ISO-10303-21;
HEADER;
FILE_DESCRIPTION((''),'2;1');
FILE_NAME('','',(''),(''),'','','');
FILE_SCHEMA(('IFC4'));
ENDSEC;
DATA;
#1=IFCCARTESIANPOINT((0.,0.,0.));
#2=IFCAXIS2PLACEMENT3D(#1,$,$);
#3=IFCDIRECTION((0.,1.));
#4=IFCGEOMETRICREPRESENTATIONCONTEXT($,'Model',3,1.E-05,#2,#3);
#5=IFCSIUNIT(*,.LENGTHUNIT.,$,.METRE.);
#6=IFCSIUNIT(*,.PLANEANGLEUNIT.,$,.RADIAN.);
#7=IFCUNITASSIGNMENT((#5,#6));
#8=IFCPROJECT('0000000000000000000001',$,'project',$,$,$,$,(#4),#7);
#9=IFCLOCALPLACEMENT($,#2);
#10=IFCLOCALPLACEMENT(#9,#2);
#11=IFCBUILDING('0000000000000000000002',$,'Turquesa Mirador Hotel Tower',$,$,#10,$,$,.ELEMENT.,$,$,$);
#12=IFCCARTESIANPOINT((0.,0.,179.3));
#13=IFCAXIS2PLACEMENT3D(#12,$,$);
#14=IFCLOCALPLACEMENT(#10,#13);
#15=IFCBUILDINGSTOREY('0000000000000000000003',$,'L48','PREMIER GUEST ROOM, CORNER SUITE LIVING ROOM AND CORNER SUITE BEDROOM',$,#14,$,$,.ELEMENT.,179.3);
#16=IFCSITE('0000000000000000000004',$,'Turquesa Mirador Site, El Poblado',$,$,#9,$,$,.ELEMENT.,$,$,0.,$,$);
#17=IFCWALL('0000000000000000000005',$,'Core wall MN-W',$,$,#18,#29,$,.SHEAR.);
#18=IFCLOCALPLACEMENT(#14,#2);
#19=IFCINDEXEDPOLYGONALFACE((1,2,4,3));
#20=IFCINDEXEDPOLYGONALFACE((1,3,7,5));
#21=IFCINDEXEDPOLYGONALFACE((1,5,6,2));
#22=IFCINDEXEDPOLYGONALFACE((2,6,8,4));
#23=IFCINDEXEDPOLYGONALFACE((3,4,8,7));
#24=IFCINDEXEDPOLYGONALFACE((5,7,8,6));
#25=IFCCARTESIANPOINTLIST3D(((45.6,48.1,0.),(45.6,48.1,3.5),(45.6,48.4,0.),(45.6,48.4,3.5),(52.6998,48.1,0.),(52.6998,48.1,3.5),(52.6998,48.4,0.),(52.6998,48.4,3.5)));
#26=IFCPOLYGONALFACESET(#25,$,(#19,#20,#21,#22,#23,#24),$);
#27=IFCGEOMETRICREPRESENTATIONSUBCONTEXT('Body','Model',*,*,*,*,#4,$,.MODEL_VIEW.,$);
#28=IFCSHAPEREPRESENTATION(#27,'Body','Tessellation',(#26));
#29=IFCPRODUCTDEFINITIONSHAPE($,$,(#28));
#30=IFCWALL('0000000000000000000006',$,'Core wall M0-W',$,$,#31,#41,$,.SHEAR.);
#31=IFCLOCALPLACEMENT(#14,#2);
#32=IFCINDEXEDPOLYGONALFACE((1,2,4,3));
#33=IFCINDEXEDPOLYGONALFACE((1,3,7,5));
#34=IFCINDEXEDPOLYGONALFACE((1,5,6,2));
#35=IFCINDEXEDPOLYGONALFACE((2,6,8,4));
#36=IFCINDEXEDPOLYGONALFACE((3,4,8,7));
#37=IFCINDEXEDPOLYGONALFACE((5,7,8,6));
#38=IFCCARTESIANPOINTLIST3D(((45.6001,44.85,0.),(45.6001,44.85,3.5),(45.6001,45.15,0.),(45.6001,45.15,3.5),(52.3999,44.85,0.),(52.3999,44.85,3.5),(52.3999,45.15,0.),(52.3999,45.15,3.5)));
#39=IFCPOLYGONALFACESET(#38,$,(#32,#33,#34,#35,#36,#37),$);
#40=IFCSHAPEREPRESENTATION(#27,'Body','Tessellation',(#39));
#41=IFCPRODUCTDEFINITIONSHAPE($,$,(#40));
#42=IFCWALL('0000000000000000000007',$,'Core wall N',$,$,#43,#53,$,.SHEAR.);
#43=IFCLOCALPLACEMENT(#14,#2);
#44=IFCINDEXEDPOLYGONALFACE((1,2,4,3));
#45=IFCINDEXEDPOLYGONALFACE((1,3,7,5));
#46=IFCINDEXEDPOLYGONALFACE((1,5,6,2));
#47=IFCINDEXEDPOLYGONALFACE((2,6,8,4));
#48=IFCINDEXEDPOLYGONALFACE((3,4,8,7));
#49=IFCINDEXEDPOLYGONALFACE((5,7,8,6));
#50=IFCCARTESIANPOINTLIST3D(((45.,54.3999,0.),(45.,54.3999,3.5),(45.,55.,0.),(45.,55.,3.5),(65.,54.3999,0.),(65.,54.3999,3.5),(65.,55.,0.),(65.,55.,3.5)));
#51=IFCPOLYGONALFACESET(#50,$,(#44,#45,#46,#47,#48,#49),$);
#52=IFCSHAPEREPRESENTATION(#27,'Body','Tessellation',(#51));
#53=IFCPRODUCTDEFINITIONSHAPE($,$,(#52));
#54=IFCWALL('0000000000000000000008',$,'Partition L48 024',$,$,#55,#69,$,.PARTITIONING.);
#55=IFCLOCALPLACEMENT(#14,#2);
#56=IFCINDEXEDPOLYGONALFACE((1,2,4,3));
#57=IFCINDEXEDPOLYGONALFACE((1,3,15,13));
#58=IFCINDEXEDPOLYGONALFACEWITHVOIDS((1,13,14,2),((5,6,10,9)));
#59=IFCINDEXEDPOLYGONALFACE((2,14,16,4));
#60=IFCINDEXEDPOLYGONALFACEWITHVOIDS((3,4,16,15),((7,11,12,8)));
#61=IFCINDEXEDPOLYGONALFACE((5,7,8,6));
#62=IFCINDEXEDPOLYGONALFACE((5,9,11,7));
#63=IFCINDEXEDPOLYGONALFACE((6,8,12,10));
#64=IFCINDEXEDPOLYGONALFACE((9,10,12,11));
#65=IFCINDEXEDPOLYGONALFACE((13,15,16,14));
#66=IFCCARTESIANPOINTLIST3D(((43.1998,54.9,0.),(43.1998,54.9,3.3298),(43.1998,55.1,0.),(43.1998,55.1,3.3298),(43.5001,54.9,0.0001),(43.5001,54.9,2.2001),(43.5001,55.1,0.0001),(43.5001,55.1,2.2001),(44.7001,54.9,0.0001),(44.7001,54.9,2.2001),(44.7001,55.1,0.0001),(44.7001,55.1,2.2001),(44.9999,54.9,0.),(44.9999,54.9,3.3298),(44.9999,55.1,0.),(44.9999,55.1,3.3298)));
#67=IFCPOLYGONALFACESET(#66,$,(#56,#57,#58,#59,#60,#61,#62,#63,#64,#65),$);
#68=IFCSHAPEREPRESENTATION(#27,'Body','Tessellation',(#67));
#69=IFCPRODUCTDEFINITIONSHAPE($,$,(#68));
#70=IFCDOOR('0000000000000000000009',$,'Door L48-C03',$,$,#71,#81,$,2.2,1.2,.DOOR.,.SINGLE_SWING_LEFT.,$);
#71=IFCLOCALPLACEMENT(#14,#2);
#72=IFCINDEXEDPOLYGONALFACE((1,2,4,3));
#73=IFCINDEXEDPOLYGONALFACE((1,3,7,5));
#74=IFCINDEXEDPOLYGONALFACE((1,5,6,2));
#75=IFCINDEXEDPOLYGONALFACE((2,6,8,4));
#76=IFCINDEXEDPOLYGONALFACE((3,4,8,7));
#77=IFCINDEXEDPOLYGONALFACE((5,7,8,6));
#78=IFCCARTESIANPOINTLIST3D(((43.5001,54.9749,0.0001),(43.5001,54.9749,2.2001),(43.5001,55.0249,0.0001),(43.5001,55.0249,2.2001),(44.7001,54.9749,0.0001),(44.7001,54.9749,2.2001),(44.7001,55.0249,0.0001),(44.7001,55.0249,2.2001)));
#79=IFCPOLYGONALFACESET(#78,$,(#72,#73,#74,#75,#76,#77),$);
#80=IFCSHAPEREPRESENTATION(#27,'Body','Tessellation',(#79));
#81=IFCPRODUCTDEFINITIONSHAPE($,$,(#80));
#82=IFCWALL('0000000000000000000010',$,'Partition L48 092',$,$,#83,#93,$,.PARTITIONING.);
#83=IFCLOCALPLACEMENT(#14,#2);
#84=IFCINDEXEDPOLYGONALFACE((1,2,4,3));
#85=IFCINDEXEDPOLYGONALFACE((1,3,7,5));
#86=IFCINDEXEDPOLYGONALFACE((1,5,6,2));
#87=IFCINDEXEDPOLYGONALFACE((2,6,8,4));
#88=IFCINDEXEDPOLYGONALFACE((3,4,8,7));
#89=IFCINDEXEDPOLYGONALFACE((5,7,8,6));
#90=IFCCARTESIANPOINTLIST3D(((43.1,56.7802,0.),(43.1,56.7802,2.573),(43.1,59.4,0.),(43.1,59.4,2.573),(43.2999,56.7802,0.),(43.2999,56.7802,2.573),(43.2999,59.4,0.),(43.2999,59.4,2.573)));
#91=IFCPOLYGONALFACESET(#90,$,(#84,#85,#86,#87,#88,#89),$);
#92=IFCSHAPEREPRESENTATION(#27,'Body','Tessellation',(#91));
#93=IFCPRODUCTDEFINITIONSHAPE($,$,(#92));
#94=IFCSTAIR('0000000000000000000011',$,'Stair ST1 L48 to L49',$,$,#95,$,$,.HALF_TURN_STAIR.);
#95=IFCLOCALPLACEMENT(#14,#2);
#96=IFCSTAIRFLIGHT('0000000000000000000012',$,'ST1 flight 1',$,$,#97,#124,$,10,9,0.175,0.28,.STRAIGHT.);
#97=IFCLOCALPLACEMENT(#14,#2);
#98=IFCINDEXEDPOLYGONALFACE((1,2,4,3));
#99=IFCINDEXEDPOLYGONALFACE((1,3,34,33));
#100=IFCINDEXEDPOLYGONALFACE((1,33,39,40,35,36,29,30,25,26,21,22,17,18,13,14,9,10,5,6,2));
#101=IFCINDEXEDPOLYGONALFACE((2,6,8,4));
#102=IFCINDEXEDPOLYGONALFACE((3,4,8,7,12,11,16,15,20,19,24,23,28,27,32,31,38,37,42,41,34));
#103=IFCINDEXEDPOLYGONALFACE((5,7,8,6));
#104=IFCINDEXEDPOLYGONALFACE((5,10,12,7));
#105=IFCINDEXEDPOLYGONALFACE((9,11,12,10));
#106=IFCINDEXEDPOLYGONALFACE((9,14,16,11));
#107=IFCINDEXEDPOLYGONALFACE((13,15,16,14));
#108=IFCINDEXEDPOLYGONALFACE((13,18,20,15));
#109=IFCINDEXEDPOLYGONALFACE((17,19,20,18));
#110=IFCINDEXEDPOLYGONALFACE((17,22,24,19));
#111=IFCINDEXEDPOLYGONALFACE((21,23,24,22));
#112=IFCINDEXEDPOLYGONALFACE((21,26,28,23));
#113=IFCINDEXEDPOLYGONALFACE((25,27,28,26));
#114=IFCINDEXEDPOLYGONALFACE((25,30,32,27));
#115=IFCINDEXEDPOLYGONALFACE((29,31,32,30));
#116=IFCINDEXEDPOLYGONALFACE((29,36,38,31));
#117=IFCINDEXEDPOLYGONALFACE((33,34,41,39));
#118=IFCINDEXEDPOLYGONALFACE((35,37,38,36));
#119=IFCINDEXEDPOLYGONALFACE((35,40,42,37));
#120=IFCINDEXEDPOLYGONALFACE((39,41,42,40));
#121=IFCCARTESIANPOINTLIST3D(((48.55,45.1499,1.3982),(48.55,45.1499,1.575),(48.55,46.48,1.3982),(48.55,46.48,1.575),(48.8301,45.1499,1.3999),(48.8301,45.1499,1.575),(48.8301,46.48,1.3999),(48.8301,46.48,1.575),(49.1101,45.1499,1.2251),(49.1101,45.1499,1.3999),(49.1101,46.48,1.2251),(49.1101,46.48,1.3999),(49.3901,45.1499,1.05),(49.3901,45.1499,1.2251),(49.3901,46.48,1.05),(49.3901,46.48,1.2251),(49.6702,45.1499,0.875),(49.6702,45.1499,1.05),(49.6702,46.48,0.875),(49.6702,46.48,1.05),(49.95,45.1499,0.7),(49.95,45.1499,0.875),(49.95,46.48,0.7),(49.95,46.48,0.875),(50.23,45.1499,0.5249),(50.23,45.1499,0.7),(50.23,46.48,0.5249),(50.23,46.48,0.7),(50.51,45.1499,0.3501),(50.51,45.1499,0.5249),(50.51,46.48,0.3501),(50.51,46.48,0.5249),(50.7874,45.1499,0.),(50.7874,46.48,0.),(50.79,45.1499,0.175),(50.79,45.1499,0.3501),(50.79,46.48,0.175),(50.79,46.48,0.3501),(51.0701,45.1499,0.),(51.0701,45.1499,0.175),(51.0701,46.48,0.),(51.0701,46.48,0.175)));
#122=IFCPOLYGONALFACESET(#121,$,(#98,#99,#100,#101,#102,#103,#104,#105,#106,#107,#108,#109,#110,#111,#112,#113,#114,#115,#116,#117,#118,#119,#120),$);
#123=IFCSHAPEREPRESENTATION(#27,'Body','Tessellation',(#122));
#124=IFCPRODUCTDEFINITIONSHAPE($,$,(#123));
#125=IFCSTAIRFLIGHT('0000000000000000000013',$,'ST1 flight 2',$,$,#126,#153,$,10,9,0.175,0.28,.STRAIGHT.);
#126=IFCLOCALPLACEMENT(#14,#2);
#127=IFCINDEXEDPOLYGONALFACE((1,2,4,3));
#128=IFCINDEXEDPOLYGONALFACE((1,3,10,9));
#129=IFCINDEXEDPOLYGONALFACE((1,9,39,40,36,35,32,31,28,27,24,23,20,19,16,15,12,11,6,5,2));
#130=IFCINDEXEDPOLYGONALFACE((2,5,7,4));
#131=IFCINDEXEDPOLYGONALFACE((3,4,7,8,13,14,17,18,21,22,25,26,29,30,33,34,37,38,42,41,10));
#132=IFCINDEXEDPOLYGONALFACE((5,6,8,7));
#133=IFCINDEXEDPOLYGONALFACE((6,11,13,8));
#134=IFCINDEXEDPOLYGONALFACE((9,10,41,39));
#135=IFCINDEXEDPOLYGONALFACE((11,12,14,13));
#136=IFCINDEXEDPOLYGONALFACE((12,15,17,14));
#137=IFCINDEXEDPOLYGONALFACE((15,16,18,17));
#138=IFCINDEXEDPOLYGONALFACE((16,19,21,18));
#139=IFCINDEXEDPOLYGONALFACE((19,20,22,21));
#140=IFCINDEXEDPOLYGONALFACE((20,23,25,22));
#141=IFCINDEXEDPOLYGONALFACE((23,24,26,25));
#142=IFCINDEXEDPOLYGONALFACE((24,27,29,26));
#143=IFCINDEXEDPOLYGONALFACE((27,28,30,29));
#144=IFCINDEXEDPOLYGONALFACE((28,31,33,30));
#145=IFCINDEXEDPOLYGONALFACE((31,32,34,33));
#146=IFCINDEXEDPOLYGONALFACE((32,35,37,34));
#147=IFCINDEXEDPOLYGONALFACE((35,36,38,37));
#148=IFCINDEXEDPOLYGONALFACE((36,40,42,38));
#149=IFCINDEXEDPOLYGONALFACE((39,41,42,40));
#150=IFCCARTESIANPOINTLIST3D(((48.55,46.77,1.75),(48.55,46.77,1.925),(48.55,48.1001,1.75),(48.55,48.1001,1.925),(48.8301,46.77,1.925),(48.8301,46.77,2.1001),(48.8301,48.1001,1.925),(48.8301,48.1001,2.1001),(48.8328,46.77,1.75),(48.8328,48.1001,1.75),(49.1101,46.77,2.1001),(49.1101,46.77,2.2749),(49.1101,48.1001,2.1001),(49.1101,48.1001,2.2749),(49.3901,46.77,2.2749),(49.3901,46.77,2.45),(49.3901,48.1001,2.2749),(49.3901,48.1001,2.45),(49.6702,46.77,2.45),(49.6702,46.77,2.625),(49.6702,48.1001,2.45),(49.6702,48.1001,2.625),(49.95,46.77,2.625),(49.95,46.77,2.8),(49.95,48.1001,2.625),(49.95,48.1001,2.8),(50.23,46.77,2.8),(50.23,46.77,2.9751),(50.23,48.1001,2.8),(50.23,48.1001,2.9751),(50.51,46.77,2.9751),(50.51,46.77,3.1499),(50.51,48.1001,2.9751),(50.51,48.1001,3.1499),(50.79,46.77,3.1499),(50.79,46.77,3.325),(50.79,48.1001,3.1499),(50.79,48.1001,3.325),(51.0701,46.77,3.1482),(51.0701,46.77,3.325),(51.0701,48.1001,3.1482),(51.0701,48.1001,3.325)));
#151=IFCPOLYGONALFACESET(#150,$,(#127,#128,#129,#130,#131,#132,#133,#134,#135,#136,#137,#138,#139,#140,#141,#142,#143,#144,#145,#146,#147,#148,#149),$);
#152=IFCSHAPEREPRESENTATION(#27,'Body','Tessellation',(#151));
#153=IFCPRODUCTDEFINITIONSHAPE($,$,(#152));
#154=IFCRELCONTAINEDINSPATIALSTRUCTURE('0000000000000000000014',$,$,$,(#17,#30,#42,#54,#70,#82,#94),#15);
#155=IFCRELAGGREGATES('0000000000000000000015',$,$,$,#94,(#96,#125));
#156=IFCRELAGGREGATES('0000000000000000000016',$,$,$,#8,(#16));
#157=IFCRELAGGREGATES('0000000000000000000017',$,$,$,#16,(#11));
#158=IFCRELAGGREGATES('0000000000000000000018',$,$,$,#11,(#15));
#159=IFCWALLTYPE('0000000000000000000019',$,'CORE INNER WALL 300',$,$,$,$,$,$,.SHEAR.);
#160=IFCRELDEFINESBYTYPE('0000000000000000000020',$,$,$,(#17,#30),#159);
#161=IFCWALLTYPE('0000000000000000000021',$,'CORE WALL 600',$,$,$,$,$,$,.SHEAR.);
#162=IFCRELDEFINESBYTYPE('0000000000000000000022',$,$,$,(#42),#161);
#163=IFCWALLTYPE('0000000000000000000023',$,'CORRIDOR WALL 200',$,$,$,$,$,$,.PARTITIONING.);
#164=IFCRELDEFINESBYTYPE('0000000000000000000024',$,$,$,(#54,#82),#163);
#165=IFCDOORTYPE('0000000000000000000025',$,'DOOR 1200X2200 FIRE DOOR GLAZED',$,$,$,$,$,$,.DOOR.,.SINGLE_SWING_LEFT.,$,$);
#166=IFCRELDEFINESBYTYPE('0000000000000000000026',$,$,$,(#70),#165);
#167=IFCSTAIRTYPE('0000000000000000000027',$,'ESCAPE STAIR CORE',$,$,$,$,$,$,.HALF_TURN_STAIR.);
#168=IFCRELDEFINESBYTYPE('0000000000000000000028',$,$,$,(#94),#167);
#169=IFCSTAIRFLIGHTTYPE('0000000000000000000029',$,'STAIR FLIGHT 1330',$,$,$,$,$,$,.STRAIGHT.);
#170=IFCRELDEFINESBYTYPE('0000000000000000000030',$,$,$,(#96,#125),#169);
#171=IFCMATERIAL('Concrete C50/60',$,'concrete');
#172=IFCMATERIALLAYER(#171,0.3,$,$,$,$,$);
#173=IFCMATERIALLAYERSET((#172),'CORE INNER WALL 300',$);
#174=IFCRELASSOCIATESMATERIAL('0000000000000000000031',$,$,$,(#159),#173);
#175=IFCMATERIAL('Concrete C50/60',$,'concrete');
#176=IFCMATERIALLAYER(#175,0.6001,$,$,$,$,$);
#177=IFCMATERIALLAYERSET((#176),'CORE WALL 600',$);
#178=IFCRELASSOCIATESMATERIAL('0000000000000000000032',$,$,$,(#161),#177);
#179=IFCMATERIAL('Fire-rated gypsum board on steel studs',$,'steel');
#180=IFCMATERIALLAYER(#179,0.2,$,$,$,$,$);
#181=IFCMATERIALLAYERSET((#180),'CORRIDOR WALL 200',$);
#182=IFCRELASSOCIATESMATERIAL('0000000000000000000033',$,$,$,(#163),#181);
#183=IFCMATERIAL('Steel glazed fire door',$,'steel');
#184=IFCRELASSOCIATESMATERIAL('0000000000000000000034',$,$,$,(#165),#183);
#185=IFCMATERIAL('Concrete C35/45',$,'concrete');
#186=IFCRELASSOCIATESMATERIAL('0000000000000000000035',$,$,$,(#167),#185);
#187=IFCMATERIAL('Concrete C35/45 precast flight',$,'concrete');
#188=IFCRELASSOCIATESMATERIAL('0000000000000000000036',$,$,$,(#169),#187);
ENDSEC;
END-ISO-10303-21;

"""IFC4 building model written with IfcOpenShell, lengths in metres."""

from ifc_helpers import new_model, si_unit, direction, frame, frame_2d, origin, place, context, subcontext, project, spatial, polyline, rectangle, outline, extrude, material, layer, layer_set, type_object, element, fill, aggregate, save


model = new_model("IFC4")

# Units and contexts
model_context = context("Model", 3, precision=1e-05, world=origin(), true_north=direction((0.0, 1.0)))
body_context = subcontext(model_context, "Body", "Model", "MODEL_VIEW")
ifc_project = project(units=[si_unit("LENGTHUNIT", "METRE"), si_unit("PLANEANGLEUNIT", "RADIAN")], contexts=[model_context])

# Site, building, storey
site_placement = place(None, origin())
site = spatial("IfcSite", under=ifc_project, at=site_placement, Name="Turquesa Mirador Site, El Poblado", CompositionType="ELEMENT", RefElevation=0.0)
building_placement = place(site_placement, origin())
building = spatial("IfcBuilding", under=site, at=building_placement, Name="Turquesa Mirador Hotel Tower", CompositionType="ELEMENT")
storey_placement = place(building_placement, frame((0.0, 0.0, 179.3)))
storey = spatial("IfcBuildingStorey", under=building, at=storey_placement, Name="L48", Description="PREMIER GUEST ROOM, CORNER SUITE LIVING ROOM AND CORNER SUITE BEDROOM", CompositionType="ELEMENT", Elevation=179.3)

# Shared definitions
ifc_material_1 = material(Name="Concrete C50/60", Category="concrete")
ifc_layer_1 = layer(ifc_material_1, 0.3)
ifc_layer_set_1 = layer_set([ifc_layer_1], Name="CORE INNER WALL 300")
wall_type_1 = type_object("IfcWallType", Name="CORE INNER WALL 300", PredefinedType="SHEAR", material=ifc_layer_set_1)

# Walls
wall_1_placement = place(storey_placement, frame((45.6001, 48.25, 0.0), z_axis=(0.0, 0.0, 1.0), x_axis=(1.0, 0.0, 0.0)))
element("IfcWall", 1, at=wall_1_placement, inside=storey, type_object=wall_type_1, Name="Core wall MN-W", PredefinedType="SHEAR", context=body_context, shape_type="SweptSolid", body=[
    extrude(rectangle(XDim=7.0999, YDim=0.3, at=frame_2d((3.5498, 0.0))), origin(), (0.0, 0.0, 1.0), 3.5),
])
wall_2_placement = place(storey_placement, frame((45.6001, 45.0, 0.0), z_axis=(0.0, 0.0, 1.0), x_axis=(1.0, 0.0, 0.0)))
element("IfcWall", 2, at=wall_2_placement, inside=storey, type_object=wall_type_1, Name="Core wall M0-W", PredefinedType="SHEAR", context=body_context, shape_type="SweptSolid", body=[
    extrude(rectangle(XDim=6.7998, YDim=0.3, at=frame_2d((3.3999, 0.0))), origin(), (0.0, 0.0, 1.0), 3.5),
])
ifc_material_2 = material(Name="Concrete C50/60", Category="concrete")
ifc_layer_2 = layer(ifc_material_2, 0.6001)
ifc_layer_set_2 = layer_set([ifc_layer_2], Name="CORE WALL 600")
wall_type_2 = type_object("IfcWallType", Name="CORE WALL 600", PredefinedType="SHEAR", material=ifc_layer_set_2)
wall_3_placement = place(storey_placement, frame((45.0, 54.7, 0.0), z_axis=(0.0, 0.0, 1.0), x_axis=(1.0, 0.0, 0.0)))
element("IfcWall", 3, at=wall_3_placement, inside=storey, type_object=wall_type_2, Name="Core wall N", PredefinedType="SHEAR", context=body_context, shape_type="SweptSolid", body=[
    extrude(rectangle(XDim=20.0, YDim=0.6001, at=frame_2d((10.0, 0.0))), origin(), (0.0, 0.0, 1.0), 3.5),
])

# Wall, opening, door
ifc_material_3 = material(Name="Fire-rated gypsum board on steel studs", Category="steel")
ifc_layer_3 = layer(ifc_material_3, 0.2)
ifc_layer_set_3 = layer_set([ifc_layer_3], Name="CORRIDOR WALL 200")
wall_type_3 = type_object("IfcWallType", Name="CORRIDOR WALL 200", PredefinedType="PARTITIONING", material=ifc_layer_set_3)
wall_4_placement = place(storey_placement, frame((43.2, 55.0, 0.0), z_axis=(0.0, 0.0, 1.0), x_axis=(1.0, 0.0, 0.0)))
wall_4 = element("IfcWall", 4, at=wall_4_placement, inside=storey, type_object=wall_type_3, Name="Partition L48 024", PredefinedType="PARTITIONING", context=body_context, shape_type="SweptSolid", body=[
    extrude(rectangle(XDim=1.8, YDim=0.2, at=frame_2d((0.8999, 0.0))), origin(), (0.0, 0.0, 1.0), 3.3298),
])
opening_1_placement = place(wall_4_placement, frame((0.3, 0.0, 0.0)))
opening_1 = element("IfcOpeningElement", 5, at=opening_1_placement, cuts=wall_4, PredefinedType="OPENING", context=body_context, shape_type="SweptSolid", body=[
    extrude(rectangle(XDim=1.2, YDim=2.2, at=frame_2d((0.6001, 1.1001))), frame((0.0, 0.1099, 0.0), z_axis=(0.0, -1.0, 0.0), x_axis=(1.0, 0.0, 0.0)), (0.0, 0.0, 1.0), 0.22),
])
ifc_material_4 = material(Name="Steel glazed fire door", Category="steel")
door_type_1 = type_object("IfcDoorType", Name="DOOR 1200X2200 FIRE DOOR GLAZED", OperationType="SINGLE_SWING_LEFT", PredefinedType="DOOR", material=ifc_material_4)
door_1_placement = place(opening_1_placement, origin())
door_1 = element("IfcDoor", 6, at=door_1_placement, inside=storey, type_object=door_type_1, Name="Door L48-C03", OperationType="SINGLE_SWING_LEFT", OverallHeight=2.2, OverallWidth=1.2, PredefinedType="DOOR", context=body_context, shape_type="SweptSolid", body=[
    extrude(rectangle(XDim=1.2, YDim=2.2, at=frame_2d((0.6001, 1.1001))), frame((0.0, 0.0249, 0.0), z_axis=(0.0, -1.0, 0.0), x_axis=(1.0, 0.0, 0.0)), (0.0, 0.0, 1.0), 0.05),
])
fill(opening_1, door_1)

# Wall
wall_5_placement = place(storey_placement, frame((43.2, 56.78, 0.0), z_axis=(0.0, 0.0, 1.0), x_axis=(0.0, 1.0, 0.0)))
element("IfcWall", 7, at=wall_5_placement, inside=storey, type_object=wall_type_3, Name="Partition L48 092", PredefinedType="PARTITIONING", context=body_context, shape_type="SweptSolid", body=[
    extrude(rectangle(XDim=2.6199, YDim=0.2, at=frame_2d((1.3101, 0.0))), origin(), (0.0, 0.0, 1.0), 2.573),
])

# Stair, stair flights
ifc_material_5 = material(Name="Concrete C35/45", Category="concrete")
stair_type = type_object("IfcStairType", Name="ESCAPE STAIR CORE", PredefinedType="HALF_TURN_STAIR", material=ifc_material_5)
stair_1_placement = place(storey_placement, origin())
stair_1 = element("IfcStair", 8, at=stair_1_placement, inside=storey, type_object=stair_type, Name="Stair ST1 L48 to L49", PredefinedType="HALF_TURN_STAIR")
ifc_material_6 = material(Name="Concrete C35/45 precast flight", Category="concrete")
stair_flight_type = type_object("IfcStairFlightType", Name="STAIR FLIGHT 1330", PredefinedType="STRAIGHT", material=ifc_material_6)
stair_flight_1_placement = place(storey_placement, frame((51.0701, 45.8149, 0.0), z_axis=(0.0, 0.0, 1.0), x_axis=(-1.0, 0.0, 0.0)))
stair_flight_1 = element("IfcStairFlight", 9, at=stair_flight_1_placement, type_object=stair_flight_type, Name="ST1 flight 1", NumberOfRisers=10, NumberOfTreads=9, PredefinedType="STRAIGHT", RiserHeight=0.175, TreadLength=0.28, context=body_context, shape_type="SweptSolid", body=[
    extrude(outline(polyline([(0.0, 0.0), (0.0, 0.175), (0.28, 0.175), (0.28, 0.3501), (0.5601, 0.3501), (0.5601, 0.5249), (0.8401, 0.5249), (0.8401, 0.7), (1.1201, 0.7), (1.1201, 0.875), (1.3999, 0.875), (1.3999, 1.05), (1.6799, 1.05), (1.6799, 1.2251), (1.96, 1.2251), (1.96, 1.3999), (2.24, 1.3999), (2.24, 1.575), (2.52, 1.575), (2.52, 1.75), (2.52, 1.3982), (0.2827, 0.0), (0.0, 0.0)])), frame((0.0, 0.665, 0.0), z_axis=(0.0, -1.0, 0.0), x_axis=(1.0, 0.0, 0.0)), (0.0, 0.0, 1.0), 1.3301),
])
stair_flight_2_placement = place(storey_placement, frame((48.55, 47.4351, 1.75), z_axis=(0.0, 0.0, 1.0), x_axis=(1.0, 0.0, 0.0)))
stair_flight_2 = element("IfcStairFlight", 10, at=stair_flight_2_placement, type_object=stair_flight_type, Name="ST1 flight 2", NumberOfRisers=10, NumberOfTreads=9, PredefinedType="STRAIGHT", RiserHeight=0.175, TreadLength=0.28, context=body_context, shape_type="SweptSolid", body=[
    extrude(outline(polyline([(0.0, 0.0), (0.0, 0.175), (0.28, 0.175), (0.28, 0.3501), (0.5601, 0.3501), (0.5601, 0.5249), (0.8401, 0.5249), (0.8401, 0.7), (1.1201, 0.7), (1.1201, 0.875), (1.3999, 0.875), (1.3999, 1.05), (1.6799, 1.05), (1.6799, 1.2251), (1.96, 1.2251), (1.96, 1.3999), (2.24, 1.3999), (2.24, 1.575), (2.52, 1.575), (2.52, 1.75), (2.52, 1.3982), (0.2827, 0.0), (0.0, 0.0)])), frame((0.0, 0.665, 0.0), z_axis=(0.0, -1.0, 0.0), x_axis=(1.0, 0.0, 0.0)), (0.0, 0.0, 1.0), 1.3301),
])
aggregate(stair_1, [stair_flight_1, stair_flight_2])

save(model, "model.ifc")
